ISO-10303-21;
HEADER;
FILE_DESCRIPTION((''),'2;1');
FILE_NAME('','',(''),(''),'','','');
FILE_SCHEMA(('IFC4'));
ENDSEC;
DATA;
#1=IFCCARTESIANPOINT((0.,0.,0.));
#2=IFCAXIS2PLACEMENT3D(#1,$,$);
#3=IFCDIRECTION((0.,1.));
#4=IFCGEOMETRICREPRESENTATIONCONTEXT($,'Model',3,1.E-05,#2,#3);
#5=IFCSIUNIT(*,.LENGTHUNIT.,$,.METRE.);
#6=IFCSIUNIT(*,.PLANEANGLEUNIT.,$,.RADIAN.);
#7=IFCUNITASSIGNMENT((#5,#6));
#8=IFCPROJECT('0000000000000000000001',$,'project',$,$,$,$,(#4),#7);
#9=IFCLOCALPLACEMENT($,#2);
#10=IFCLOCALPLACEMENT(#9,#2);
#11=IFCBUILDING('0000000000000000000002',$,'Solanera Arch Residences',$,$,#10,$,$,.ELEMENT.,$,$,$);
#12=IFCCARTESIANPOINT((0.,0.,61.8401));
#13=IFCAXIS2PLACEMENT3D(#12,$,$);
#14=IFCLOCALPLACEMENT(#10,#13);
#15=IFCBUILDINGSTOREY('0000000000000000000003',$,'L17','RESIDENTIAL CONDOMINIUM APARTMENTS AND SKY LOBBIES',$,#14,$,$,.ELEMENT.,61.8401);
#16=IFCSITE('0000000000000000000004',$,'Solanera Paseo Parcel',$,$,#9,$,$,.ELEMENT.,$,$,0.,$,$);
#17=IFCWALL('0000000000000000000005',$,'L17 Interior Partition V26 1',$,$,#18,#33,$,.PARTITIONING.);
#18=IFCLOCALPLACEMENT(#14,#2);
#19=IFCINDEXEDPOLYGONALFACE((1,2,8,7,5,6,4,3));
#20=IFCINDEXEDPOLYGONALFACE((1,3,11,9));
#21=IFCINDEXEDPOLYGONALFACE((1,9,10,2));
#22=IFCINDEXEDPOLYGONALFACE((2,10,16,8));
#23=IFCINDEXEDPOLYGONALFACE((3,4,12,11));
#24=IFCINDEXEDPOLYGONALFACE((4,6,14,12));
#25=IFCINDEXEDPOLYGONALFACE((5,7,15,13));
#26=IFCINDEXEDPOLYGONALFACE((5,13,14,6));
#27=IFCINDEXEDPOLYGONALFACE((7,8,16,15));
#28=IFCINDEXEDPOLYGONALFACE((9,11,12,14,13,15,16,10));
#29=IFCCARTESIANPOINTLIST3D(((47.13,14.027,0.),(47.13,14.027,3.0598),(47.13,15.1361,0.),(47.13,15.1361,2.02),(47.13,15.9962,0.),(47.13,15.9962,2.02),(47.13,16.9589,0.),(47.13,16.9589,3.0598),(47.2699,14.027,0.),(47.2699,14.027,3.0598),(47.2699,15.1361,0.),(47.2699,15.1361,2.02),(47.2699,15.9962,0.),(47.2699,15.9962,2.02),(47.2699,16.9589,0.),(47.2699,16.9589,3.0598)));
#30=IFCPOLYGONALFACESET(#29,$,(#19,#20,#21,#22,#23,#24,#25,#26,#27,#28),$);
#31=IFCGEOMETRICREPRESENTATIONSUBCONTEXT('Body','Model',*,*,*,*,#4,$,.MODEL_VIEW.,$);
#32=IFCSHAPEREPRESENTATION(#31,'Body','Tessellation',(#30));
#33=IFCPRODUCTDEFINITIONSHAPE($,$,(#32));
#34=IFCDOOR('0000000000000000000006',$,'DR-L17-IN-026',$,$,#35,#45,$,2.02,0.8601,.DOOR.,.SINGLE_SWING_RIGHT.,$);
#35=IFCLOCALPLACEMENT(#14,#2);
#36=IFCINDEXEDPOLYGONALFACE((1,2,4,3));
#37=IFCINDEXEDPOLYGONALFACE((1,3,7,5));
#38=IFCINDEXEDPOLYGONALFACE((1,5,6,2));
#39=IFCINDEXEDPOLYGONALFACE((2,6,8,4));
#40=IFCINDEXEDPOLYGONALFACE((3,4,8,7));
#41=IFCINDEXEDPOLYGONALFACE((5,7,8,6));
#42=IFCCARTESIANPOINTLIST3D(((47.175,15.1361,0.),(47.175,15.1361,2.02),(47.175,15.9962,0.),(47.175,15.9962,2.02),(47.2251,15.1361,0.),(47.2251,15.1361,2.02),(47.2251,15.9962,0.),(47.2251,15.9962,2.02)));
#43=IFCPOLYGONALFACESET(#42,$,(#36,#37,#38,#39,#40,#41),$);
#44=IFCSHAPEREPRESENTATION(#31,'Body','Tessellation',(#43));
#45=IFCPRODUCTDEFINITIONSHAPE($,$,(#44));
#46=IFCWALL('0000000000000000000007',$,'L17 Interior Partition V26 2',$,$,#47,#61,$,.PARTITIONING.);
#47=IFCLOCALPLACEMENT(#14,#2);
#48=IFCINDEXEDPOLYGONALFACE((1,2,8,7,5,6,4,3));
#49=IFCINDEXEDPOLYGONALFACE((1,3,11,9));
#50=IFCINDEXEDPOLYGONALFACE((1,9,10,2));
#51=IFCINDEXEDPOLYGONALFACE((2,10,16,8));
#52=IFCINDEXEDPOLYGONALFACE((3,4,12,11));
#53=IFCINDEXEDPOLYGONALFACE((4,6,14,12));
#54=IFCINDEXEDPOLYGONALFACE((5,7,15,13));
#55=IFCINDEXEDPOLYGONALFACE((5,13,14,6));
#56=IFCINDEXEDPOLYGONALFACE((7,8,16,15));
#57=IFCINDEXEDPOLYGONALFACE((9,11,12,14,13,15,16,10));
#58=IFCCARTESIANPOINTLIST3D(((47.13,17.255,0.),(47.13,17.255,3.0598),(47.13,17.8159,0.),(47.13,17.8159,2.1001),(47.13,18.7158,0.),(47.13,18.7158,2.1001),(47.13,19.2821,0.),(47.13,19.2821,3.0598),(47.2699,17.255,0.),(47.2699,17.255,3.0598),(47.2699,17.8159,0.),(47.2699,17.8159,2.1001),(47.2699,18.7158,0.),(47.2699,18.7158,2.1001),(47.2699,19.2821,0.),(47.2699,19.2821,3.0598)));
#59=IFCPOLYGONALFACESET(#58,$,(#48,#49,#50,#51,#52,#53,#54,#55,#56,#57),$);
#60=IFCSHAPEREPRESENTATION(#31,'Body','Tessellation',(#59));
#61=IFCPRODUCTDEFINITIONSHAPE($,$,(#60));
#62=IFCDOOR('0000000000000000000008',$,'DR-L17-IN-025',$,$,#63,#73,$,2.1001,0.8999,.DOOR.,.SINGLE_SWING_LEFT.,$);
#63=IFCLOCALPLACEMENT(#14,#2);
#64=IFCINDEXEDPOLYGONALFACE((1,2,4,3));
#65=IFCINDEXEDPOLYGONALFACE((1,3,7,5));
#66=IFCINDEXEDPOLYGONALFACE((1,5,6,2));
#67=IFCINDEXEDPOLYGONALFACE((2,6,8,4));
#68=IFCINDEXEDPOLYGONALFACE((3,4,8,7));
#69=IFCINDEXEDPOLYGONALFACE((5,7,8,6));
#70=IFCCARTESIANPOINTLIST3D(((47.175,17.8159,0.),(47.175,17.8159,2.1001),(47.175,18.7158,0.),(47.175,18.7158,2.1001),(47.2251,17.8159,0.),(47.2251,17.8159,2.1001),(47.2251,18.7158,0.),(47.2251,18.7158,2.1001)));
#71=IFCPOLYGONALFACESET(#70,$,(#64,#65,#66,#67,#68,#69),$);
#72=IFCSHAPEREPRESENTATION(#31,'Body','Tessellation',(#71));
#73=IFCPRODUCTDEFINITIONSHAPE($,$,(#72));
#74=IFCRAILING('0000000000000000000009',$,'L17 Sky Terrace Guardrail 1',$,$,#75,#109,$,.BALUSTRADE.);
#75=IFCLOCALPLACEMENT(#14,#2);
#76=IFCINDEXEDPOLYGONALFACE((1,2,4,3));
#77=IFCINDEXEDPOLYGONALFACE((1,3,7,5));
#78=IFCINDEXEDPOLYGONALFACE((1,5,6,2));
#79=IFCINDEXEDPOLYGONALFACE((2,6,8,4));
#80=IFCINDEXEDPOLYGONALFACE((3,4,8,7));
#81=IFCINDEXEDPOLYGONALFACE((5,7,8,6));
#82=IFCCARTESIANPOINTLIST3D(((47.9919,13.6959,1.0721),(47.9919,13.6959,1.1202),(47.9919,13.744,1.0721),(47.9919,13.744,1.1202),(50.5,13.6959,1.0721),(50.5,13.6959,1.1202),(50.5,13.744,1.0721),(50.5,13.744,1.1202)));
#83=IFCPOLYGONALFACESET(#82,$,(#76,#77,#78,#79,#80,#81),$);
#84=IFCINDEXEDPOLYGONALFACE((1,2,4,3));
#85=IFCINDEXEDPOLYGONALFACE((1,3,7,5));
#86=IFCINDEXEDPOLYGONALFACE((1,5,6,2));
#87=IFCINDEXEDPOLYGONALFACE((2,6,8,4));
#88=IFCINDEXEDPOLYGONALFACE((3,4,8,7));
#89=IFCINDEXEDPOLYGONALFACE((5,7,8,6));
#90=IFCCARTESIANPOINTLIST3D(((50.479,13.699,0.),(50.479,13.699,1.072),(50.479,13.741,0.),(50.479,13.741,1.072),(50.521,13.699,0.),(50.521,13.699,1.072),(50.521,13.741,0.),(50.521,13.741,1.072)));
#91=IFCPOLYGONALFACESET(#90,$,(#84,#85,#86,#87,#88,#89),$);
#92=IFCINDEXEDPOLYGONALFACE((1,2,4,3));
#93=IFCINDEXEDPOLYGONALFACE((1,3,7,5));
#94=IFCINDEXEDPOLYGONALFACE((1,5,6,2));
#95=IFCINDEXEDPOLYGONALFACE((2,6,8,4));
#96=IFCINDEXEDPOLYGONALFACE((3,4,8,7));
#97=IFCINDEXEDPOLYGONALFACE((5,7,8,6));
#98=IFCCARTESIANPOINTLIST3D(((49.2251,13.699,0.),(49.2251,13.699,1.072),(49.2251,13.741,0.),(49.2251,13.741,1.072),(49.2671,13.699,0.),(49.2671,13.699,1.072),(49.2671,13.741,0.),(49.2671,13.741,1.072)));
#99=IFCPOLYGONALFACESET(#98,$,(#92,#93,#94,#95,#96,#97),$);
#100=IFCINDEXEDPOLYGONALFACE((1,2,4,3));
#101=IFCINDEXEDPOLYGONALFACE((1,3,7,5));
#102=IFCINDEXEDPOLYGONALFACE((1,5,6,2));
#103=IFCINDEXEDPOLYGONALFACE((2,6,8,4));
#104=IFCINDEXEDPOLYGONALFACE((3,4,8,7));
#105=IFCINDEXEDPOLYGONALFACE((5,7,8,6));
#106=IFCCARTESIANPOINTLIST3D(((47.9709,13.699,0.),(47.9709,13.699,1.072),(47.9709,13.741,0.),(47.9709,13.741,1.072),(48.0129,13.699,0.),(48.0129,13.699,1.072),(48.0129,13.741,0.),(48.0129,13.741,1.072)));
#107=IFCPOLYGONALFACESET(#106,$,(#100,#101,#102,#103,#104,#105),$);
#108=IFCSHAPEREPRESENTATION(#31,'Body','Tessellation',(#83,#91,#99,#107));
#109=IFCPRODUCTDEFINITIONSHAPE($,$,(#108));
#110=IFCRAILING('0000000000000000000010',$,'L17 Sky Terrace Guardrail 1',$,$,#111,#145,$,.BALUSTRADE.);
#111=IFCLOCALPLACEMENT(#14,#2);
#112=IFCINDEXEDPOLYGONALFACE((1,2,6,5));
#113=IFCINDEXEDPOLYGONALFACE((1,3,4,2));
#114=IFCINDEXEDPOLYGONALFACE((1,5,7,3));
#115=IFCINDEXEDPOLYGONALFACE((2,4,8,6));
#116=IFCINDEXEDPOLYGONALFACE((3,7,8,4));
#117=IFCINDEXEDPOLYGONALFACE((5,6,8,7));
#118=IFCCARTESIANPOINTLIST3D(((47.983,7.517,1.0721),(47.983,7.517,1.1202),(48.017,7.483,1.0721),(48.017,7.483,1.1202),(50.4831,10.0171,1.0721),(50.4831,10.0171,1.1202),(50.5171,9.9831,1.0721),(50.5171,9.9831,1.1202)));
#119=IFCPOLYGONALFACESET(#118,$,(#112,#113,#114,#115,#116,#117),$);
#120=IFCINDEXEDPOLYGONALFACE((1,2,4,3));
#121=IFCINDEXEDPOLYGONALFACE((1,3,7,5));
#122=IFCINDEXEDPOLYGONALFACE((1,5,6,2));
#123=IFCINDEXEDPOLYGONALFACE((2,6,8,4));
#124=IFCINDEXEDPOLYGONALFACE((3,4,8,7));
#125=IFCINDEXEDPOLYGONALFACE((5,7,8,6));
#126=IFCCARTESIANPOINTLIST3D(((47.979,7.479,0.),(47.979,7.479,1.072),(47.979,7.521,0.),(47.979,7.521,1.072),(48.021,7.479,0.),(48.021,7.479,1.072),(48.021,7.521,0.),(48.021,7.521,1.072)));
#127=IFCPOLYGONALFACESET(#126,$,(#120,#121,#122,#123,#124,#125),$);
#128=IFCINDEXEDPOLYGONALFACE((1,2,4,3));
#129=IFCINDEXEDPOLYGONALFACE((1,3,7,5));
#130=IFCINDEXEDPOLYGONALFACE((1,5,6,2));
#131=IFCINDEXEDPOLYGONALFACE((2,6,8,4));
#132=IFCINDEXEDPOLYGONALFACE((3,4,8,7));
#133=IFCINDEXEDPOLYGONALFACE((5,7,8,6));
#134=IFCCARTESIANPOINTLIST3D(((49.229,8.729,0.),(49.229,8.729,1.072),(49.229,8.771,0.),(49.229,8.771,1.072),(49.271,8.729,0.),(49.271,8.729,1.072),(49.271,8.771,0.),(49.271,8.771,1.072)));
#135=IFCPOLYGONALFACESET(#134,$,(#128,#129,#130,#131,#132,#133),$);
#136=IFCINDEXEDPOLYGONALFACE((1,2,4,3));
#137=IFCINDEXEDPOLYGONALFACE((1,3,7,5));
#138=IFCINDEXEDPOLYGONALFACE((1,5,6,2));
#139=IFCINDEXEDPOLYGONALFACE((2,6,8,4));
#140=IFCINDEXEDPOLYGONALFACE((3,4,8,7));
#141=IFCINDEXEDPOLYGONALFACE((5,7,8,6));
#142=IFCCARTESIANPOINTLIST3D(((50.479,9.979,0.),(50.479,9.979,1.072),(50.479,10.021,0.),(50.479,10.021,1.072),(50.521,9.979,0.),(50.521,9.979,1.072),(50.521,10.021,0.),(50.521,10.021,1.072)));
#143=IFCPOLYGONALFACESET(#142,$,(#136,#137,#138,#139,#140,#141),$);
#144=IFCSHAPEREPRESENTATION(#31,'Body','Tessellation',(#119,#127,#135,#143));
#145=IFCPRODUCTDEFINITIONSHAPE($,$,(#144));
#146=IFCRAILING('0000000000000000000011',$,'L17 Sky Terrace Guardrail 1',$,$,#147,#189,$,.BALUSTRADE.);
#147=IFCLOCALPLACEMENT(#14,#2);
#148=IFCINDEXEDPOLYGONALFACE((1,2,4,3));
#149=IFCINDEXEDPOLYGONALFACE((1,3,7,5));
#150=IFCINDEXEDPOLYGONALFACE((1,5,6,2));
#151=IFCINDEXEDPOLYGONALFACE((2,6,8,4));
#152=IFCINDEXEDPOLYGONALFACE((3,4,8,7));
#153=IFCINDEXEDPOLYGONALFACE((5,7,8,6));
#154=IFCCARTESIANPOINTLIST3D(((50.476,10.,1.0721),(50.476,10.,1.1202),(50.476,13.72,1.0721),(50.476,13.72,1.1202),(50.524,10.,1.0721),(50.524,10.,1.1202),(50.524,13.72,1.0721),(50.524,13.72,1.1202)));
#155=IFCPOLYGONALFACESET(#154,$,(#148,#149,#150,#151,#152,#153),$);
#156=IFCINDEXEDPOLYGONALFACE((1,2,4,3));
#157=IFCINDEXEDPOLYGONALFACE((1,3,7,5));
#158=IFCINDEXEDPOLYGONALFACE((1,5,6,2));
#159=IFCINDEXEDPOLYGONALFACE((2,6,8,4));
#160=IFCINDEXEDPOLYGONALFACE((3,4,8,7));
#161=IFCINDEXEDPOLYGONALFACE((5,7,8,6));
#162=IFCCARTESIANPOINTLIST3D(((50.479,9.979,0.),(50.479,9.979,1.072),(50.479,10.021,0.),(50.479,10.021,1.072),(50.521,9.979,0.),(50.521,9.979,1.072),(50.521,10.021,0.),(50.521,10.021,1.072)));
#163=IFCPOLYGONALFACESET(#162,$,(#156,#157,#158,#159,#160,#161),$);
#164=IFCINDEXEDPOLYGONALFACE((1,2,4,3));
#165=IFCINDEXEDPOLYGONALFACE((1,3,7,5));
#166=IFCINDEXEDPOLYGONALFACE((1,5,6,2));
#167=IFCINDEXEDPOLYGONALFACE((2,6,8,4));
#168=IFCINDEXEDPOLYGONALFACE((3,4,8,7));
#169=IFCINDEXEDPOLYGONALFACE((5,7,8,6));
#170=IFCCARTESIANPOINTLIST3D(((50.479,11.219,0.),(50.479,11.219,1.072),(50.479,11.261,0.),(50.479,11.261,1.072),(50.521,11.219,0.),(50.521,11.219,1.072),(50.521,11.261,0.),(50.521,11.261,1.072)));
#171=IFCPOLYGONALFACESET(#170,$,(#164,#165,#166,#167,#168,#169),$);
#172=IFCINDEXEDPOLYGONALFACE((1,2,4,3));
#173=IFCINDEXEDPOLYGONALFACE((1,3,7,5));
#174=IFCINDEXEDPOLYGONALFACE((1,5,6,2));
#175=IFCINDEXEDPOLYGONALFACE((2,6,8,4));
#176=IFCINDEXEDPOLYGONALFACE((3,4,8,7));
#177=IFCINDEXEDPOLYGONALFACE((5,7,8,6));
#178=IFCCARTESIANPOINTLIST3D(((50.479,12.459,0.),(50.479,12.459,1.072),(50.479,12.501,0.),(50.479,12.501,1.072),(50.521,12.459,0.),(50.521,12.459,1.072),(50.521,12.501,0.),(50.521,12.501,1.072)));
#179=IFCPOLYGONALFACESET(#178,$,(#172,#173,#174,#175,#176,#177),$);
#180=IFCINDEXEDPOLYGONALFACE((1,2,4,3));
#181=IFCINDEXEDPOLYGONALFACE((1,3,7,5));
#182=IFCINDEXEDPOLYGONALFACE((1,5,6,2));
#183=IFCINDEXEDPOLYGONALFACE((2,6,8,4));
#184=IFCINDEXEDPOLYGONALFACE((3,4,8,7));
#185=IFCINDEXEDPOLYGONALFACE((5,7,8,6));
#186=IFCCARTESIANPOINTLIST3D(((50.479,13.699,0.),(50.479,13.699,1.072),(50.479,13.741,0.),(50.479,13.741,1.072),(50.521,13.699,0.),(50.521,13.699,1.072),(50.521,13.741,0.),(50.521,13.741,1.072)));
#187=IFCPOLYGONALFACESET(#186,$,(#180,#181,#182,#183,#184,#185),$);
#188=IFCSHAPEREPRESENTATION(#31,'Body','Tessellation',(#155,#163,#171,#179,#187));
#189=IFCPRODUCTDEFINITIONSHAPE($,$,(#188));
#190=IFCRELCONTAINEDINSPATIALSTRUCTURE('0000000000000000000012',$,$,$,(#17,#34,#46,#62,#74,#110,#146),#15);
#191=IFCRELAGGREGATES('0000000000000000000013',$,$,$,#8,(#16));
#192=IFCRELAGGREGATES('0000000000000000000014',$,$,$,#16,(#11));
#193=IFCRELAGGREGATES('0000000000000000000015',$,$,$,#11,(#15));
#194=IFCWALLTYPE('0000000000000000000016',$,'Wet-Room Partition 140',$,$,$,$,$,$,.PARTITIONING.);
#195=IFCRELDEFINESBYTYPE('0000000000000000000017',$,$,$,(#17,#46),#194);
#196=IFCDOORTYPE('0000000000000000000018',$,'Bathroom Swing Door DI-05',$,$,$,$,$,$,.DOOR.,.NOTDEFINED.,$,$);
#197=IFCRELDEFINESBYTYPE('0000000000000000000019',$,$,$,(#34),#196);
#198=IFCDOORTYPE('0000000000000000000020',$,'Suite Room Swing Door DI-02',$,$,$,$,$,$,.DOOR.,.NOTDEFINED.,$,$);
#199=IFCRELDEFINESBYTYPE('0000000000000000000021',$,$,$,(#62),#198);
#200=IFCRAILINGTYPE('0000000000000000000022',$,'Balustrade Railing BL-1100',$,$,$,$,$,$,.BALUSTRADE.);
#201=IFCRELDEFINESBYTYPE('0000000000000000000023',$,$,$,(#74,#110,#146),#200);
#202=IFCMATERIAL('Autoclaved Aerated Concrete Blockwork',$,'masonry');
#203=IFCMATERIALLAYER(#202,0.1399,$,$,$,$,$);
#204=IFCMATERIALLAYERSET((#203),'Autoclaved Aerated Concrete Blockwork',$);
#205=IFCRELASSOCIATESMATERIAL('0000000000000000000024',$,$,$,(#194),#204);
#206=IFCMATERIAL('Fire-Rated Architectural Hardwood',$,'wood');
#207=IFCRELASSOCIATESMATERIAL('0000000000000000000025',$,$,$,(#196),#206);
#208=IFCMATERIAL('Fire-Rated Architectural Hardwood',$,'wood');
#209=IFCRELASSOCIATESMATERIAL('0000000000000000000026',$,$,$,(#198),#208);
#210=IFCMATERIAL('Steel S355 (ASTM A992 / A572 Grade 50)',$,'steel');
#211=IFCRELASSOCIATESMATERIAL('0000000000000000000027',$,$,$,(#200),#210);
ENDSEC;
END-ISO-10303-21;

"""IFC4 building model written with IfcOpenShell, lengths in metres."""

from ifc_helpers import new_model, si_unit, direction, frame, frame_2d, origin, origin_2d, place, context, subcontext, project, spatial, rectangle, extrude, material, layer, layer_set, type_object, element, fill, save


model = new_model("IFC4")

# Units and contexts
model_context = context("Model", 3, precision=1e-05, world=origin(), true_north=direction((0.0, 1.0)))
body_context = subcontext(model_context, "Body", "Model", "MODEL_VIEW")
ifc_project = project(units=[si_unit("LENGTHUNIT", "METRE"), si_unit("PLANEANGLEUNIT", "RADIAN")], contexts=[model_context])

# Site, building, storey
site_placement = place(None, origin())
site = spatial("IfcSite", under=ifc_project, at=site_placement, Name="Solanera Paseo Parcel", CompositionType="ELEMENT", RefElevation=0.0)
building_placement = place(site_placement, origin())
building = spatial("IfcBuilding", under=site, at=building_placement, Name="Solanera Arch Residences", CompositionType="ELEMENT")
storey_placement = place(building_placement, frame((0.0, 0.0, 61.8401)))
storey = spatial("IfcBuildingStorey", under=building, at=storey_placement, Name="L17", Description="RESIDENTIAL CONDOMINIUM APARTMENTS AND SKY LOBBIES", CompositionType="ELEMENT", Elevation=61.8401)

# Shared definitions
ifc_material_1 = material(Name="Autoclaved Aerated Concrete Blockwork", Category="masonry")
ifc_layer_1 = layer(ifc_material_1, 0.1399)
ifc_layer_set_1 = layer_set([ifc_layer_1], Name="Autoclaved Aerated Concrete Blockwork")
wall_type_1 = type_object("IfcWallType", Name="Wet-Room Partition 140", PredefinedType="PARTITIONING", material=ifc_layer_set_1)

# Walls, openings, doors
wall_1_placement = place(storey_placement, frame((47.2, 14.0271, 0.0), z_axis=(0.0, 0.0, 1.0), x_axis=(0.0, 1.0, 0.0)))
wall_1 = element("IfcWall", 1, at=wall_1_placement, inside=storey, type_object=wall_type_1, Name="L17 Interior Partition V26 1", PredefinedType="PARTITIONING", context=body_context, shape_type="SweptSolid", body=[
    extrude(rectangle(XDim=2.9319, YDim=0.1399, at=frame_2d((1.4658, 0.0))), origin(), (0.0, 0.0, 1.0), 3.0598),
])
opening_1_placement = place(wall_1_placement, frame((1.1089, 0.0, 0.0)))
opening_1 = element("IfcOpeningElement", 2, at=opening_1_placement, cuts=wall_1, PredefinedType="OPENING", context=body_context, shape_type="SweptSolid", body=[
    extrude(rectangle(XDim=0.8601, YDim=2.02, at=frame_2d((0.4302, 1.01))), frame((0.0, 0.0798, 0.0), z_axis=(0.0, -1.0, 0.0), x_axis=(1.0, 0.0, 0.0)), (0.0, 0.0, 1.0), 0.1599),
])
ifc_material_2 = material(Name="Fire-Rated Architectural Hardwood", Category="wood")
door_type_1 = type_object("IfcDoorType", Name="Bathroom Swing Door DI-05", OperationType="NOTDEFINED", PredefinedType="DOOR", material=ifc_material_2)
door_1_placement = place(opening_1_placement, origin())
door_1 = element("IfcDoor", 3, at=door_1_placement, inside=storey, type_object=door_type_1, Name="DR-L17-IN-026", OperationType="SINGLE_SWING_RIGHT", OverallHeight=2.02, OverallWidth=0.8601, PredefinedType="DOOR", context=body_context, shape_type="SweptSolid", body=[
    extrude(rectangle(XDim=0.8601, YDim=2.02, at=frame_2d((0.4302, 1.01))), frame((0.0, 0.0249, 0.0), z_axis=(0.0, -1.0, 0.0), x_axis=(1.0, 0.0, 0.0)), (0.0, 0.0, 1.0), 0.05),
])
fill(opening_1, door_1)
wall_2_placement = place(storey_placement, frame((47.2, 17.2549, 0.0), z_axis=(0.0, 0.0, 1.0), x_axis=(0.0, 1.0, 0.0)))
wall_2 = element("IfcWall", 4, at=wall_2_placement, inside=storey, type_object=wall_type_1, Name="L17 Interior Partition V26 2", PredefinedType="PARTITIONING", context=body_context, shape_type="SweptSolid", body=[
    extrude(rectangle(XDim=2.0271, YDim=0.1399, at=frame_2d((1.0137, 0.0))), origin(), (0.0, 0.0, 1.0), 3.0598),
])
opening_2_placement = place(wall_2_placement, frame((0.561, 0.0, 0.0)))
opening_2 = element("IfcOpeningElement", 5, at=opening_2_placement, cuts=wall_2, PredefinedType="OPENING", context=body_context, shape_type="SweptSolid", body=[
    extrude(rectangle(XDim=0.8999, YDim=2.1001, at=frame_2d((0.45, 1.05))), frame((0.0, 0.0798, 0.0), z_axis=(0.0, -1.0, 0.0), x_axis=(1.0, 0.0, 0.0)), (0.0, 0.0, 1.0), 0.1599),
])
ifc_material_3 = material(Name="Fire-Rated Architectural Hardwood", Category="wood")
door_type_2 = type_object("IfcDoorType", Name="Suite Room Swing Door DI-02", OperationType="NOTDEFINED", PredefinedType="DOOR", material=ifc_material_3)
door_2_placement = place(opening_2_placement, origin())
door_2 = element("IfcDoor", 6, at=door_2_placement, inside=storey, type_object=door_type_2, Name="DR-L17-IN-025", OperationType="SINGLE_SWING_LEFT", OverallHeight=2.1001, OverallWidth=0.8999, PredefinedType="DOOR", context=body_context, shape_type="SweptSolid", body=[
    extrude(rectangle(XDim=0.8999, YDim=2.1001, at=frame_2d((0.45, 1.05))), frame((0.0, 0.0249, 0.0), z_axis=(0.0, -1.0, 0.0), x_axis=(1.0, 0.0, 0.0)), (0.0, 0.0, 1.0), 0.05),
])
fill(opening_2, door_2)

# Railings
ifc_material_4 = material(Name="Steel S355 (ASTM A992 / A572 Grade 50)", Category="steel")
railing_type = type_object("IfcRailingType", Name="Balustrade Railing BL-1100", PredefinedType="BALUSTRADE", material=ifc_material_4)
railing_1_placement = place(storey_placement, frame((50.5, 13.72, 0.0)))
element("IfcRailing", 7, at=railing_1_placement, inside=storey, type_object=railing_type, Name="L17 Sky Terrace Guardrail 1", PredefinedType="BALUSTRADE", context=body_context, shape_type="SweptSolid", body=[
    extrude(rectangle(XDim=0.0481, YDim=0.0481, at=origin_2d()), frame((0.0, 0.0, 1.0962), z_axis=(-1.0, 0.0, 0.0), x_axis=(0.0, -1.0, 0.0)), (0.0, 0.0, 1.0), 2.5081),
    extrude(rectangle(XDim=0.042, YDim=0.042, at=origin_2d()), origin(), (0.0, 0.0, 1.0), 1.072),
    extrude(rectangle(XDim=0.042, YDim=0.042, at=origin_2d()), frame((-1.2539, 0.0, 0.0)), (0.0, 0.0, 1.0), 1.072),
    extrude(rectangle(XDim=0.042, YDim=0.042, at=origin_2d()), frame((-2.5081, 0.0, 0.0)), (0.0, 0.0, 1.0), 1.072),
])
railing_2_placement = place(storey_placement, frame((48.0, 7.5, 0.0)))
element("IfcRailing", 8, at=railing_2_placement, inside=storey, type_object=railing_type, Name="L17 Sky Terrace Guardrail 1", PredefinedType="BALUSTRADE", context=body_context, shape_type="SweptSolid", body=[
    extrude(rectangle(XDim=0.0481, YDim=0.0481, at=origin_2d()), frame((0.0, 0.0, 1.0962), z_axis=(0.707107, 0.707107, 0.0), x_axis=(-0.707107, 0.707107, 0.0)), (0.0, 0.0, 1.0), 3.5356),
    extrude(rectangle(XDim=0.042, YDim=0.042, at=origin_2d()), origin(), (0.0, 0.0, 1.0), 1.072),
    extrude(rectangle(XDim=0.042, YDim=0.042, at=origin_2d()), frame((1.25, 1.25, 0.0)), (0.0, 0.0, 1.0), 1.072),
    extrude(rectangle(XDim=0.042, YDim=0.042, at=origin_2d()), frame((2.5, 2.5, 0.0)), (0.0, 0.0, 1.0), 1.072),
])
railing_3_placement = place(storey_placement, frame((50.5, 10.0, 0.0)))
element("IfcRailing", 9, at=railing_3_placement, inside=storey, type_object=railing_type, Name="L17 Sky Terrace Guardrail 1", PredefinedType="BALUSTRADE", context=body_context, shape_type="SweptSolid", body=[
    extrude(rectangle(XDim=0.0481, YDim=0.0481, at=origin_2d()), frame((0.0, 0.0, 1.0962), z_axis=(0.0, 1.0, 0.0), x_axis=(-1.0, 0.0, 0.0)), (0.0, 0.0, 1.0), 3.72),
    extrude(rectangle(XDim=0.042, YDim=0.042, at=origin_2d()), origin(), (0.0, 0.0, 1.0), 1.072),
    extrude(rectangle(XDim=0.042, YDim=0.042, at=origin_2d()), frame((0.0, 1.24, 0.0)), (0.0, 0.0, 1.0), 1.072),
    extrude(rectangle(XDim=0.042, YDim=0.042, at=origin_2d()), frame((0.0, 2.48, 0.0)), (0.0, 0.0, 1.0), 1.072),
    extrude(rectangle(XDim=0.042, YDim=0.042, at=origin_2d()), frame((0.0, 3.72, 0.0)), (0.0, 0.0, 1.0), 1.072),
])

save(model, "model.ifc")
